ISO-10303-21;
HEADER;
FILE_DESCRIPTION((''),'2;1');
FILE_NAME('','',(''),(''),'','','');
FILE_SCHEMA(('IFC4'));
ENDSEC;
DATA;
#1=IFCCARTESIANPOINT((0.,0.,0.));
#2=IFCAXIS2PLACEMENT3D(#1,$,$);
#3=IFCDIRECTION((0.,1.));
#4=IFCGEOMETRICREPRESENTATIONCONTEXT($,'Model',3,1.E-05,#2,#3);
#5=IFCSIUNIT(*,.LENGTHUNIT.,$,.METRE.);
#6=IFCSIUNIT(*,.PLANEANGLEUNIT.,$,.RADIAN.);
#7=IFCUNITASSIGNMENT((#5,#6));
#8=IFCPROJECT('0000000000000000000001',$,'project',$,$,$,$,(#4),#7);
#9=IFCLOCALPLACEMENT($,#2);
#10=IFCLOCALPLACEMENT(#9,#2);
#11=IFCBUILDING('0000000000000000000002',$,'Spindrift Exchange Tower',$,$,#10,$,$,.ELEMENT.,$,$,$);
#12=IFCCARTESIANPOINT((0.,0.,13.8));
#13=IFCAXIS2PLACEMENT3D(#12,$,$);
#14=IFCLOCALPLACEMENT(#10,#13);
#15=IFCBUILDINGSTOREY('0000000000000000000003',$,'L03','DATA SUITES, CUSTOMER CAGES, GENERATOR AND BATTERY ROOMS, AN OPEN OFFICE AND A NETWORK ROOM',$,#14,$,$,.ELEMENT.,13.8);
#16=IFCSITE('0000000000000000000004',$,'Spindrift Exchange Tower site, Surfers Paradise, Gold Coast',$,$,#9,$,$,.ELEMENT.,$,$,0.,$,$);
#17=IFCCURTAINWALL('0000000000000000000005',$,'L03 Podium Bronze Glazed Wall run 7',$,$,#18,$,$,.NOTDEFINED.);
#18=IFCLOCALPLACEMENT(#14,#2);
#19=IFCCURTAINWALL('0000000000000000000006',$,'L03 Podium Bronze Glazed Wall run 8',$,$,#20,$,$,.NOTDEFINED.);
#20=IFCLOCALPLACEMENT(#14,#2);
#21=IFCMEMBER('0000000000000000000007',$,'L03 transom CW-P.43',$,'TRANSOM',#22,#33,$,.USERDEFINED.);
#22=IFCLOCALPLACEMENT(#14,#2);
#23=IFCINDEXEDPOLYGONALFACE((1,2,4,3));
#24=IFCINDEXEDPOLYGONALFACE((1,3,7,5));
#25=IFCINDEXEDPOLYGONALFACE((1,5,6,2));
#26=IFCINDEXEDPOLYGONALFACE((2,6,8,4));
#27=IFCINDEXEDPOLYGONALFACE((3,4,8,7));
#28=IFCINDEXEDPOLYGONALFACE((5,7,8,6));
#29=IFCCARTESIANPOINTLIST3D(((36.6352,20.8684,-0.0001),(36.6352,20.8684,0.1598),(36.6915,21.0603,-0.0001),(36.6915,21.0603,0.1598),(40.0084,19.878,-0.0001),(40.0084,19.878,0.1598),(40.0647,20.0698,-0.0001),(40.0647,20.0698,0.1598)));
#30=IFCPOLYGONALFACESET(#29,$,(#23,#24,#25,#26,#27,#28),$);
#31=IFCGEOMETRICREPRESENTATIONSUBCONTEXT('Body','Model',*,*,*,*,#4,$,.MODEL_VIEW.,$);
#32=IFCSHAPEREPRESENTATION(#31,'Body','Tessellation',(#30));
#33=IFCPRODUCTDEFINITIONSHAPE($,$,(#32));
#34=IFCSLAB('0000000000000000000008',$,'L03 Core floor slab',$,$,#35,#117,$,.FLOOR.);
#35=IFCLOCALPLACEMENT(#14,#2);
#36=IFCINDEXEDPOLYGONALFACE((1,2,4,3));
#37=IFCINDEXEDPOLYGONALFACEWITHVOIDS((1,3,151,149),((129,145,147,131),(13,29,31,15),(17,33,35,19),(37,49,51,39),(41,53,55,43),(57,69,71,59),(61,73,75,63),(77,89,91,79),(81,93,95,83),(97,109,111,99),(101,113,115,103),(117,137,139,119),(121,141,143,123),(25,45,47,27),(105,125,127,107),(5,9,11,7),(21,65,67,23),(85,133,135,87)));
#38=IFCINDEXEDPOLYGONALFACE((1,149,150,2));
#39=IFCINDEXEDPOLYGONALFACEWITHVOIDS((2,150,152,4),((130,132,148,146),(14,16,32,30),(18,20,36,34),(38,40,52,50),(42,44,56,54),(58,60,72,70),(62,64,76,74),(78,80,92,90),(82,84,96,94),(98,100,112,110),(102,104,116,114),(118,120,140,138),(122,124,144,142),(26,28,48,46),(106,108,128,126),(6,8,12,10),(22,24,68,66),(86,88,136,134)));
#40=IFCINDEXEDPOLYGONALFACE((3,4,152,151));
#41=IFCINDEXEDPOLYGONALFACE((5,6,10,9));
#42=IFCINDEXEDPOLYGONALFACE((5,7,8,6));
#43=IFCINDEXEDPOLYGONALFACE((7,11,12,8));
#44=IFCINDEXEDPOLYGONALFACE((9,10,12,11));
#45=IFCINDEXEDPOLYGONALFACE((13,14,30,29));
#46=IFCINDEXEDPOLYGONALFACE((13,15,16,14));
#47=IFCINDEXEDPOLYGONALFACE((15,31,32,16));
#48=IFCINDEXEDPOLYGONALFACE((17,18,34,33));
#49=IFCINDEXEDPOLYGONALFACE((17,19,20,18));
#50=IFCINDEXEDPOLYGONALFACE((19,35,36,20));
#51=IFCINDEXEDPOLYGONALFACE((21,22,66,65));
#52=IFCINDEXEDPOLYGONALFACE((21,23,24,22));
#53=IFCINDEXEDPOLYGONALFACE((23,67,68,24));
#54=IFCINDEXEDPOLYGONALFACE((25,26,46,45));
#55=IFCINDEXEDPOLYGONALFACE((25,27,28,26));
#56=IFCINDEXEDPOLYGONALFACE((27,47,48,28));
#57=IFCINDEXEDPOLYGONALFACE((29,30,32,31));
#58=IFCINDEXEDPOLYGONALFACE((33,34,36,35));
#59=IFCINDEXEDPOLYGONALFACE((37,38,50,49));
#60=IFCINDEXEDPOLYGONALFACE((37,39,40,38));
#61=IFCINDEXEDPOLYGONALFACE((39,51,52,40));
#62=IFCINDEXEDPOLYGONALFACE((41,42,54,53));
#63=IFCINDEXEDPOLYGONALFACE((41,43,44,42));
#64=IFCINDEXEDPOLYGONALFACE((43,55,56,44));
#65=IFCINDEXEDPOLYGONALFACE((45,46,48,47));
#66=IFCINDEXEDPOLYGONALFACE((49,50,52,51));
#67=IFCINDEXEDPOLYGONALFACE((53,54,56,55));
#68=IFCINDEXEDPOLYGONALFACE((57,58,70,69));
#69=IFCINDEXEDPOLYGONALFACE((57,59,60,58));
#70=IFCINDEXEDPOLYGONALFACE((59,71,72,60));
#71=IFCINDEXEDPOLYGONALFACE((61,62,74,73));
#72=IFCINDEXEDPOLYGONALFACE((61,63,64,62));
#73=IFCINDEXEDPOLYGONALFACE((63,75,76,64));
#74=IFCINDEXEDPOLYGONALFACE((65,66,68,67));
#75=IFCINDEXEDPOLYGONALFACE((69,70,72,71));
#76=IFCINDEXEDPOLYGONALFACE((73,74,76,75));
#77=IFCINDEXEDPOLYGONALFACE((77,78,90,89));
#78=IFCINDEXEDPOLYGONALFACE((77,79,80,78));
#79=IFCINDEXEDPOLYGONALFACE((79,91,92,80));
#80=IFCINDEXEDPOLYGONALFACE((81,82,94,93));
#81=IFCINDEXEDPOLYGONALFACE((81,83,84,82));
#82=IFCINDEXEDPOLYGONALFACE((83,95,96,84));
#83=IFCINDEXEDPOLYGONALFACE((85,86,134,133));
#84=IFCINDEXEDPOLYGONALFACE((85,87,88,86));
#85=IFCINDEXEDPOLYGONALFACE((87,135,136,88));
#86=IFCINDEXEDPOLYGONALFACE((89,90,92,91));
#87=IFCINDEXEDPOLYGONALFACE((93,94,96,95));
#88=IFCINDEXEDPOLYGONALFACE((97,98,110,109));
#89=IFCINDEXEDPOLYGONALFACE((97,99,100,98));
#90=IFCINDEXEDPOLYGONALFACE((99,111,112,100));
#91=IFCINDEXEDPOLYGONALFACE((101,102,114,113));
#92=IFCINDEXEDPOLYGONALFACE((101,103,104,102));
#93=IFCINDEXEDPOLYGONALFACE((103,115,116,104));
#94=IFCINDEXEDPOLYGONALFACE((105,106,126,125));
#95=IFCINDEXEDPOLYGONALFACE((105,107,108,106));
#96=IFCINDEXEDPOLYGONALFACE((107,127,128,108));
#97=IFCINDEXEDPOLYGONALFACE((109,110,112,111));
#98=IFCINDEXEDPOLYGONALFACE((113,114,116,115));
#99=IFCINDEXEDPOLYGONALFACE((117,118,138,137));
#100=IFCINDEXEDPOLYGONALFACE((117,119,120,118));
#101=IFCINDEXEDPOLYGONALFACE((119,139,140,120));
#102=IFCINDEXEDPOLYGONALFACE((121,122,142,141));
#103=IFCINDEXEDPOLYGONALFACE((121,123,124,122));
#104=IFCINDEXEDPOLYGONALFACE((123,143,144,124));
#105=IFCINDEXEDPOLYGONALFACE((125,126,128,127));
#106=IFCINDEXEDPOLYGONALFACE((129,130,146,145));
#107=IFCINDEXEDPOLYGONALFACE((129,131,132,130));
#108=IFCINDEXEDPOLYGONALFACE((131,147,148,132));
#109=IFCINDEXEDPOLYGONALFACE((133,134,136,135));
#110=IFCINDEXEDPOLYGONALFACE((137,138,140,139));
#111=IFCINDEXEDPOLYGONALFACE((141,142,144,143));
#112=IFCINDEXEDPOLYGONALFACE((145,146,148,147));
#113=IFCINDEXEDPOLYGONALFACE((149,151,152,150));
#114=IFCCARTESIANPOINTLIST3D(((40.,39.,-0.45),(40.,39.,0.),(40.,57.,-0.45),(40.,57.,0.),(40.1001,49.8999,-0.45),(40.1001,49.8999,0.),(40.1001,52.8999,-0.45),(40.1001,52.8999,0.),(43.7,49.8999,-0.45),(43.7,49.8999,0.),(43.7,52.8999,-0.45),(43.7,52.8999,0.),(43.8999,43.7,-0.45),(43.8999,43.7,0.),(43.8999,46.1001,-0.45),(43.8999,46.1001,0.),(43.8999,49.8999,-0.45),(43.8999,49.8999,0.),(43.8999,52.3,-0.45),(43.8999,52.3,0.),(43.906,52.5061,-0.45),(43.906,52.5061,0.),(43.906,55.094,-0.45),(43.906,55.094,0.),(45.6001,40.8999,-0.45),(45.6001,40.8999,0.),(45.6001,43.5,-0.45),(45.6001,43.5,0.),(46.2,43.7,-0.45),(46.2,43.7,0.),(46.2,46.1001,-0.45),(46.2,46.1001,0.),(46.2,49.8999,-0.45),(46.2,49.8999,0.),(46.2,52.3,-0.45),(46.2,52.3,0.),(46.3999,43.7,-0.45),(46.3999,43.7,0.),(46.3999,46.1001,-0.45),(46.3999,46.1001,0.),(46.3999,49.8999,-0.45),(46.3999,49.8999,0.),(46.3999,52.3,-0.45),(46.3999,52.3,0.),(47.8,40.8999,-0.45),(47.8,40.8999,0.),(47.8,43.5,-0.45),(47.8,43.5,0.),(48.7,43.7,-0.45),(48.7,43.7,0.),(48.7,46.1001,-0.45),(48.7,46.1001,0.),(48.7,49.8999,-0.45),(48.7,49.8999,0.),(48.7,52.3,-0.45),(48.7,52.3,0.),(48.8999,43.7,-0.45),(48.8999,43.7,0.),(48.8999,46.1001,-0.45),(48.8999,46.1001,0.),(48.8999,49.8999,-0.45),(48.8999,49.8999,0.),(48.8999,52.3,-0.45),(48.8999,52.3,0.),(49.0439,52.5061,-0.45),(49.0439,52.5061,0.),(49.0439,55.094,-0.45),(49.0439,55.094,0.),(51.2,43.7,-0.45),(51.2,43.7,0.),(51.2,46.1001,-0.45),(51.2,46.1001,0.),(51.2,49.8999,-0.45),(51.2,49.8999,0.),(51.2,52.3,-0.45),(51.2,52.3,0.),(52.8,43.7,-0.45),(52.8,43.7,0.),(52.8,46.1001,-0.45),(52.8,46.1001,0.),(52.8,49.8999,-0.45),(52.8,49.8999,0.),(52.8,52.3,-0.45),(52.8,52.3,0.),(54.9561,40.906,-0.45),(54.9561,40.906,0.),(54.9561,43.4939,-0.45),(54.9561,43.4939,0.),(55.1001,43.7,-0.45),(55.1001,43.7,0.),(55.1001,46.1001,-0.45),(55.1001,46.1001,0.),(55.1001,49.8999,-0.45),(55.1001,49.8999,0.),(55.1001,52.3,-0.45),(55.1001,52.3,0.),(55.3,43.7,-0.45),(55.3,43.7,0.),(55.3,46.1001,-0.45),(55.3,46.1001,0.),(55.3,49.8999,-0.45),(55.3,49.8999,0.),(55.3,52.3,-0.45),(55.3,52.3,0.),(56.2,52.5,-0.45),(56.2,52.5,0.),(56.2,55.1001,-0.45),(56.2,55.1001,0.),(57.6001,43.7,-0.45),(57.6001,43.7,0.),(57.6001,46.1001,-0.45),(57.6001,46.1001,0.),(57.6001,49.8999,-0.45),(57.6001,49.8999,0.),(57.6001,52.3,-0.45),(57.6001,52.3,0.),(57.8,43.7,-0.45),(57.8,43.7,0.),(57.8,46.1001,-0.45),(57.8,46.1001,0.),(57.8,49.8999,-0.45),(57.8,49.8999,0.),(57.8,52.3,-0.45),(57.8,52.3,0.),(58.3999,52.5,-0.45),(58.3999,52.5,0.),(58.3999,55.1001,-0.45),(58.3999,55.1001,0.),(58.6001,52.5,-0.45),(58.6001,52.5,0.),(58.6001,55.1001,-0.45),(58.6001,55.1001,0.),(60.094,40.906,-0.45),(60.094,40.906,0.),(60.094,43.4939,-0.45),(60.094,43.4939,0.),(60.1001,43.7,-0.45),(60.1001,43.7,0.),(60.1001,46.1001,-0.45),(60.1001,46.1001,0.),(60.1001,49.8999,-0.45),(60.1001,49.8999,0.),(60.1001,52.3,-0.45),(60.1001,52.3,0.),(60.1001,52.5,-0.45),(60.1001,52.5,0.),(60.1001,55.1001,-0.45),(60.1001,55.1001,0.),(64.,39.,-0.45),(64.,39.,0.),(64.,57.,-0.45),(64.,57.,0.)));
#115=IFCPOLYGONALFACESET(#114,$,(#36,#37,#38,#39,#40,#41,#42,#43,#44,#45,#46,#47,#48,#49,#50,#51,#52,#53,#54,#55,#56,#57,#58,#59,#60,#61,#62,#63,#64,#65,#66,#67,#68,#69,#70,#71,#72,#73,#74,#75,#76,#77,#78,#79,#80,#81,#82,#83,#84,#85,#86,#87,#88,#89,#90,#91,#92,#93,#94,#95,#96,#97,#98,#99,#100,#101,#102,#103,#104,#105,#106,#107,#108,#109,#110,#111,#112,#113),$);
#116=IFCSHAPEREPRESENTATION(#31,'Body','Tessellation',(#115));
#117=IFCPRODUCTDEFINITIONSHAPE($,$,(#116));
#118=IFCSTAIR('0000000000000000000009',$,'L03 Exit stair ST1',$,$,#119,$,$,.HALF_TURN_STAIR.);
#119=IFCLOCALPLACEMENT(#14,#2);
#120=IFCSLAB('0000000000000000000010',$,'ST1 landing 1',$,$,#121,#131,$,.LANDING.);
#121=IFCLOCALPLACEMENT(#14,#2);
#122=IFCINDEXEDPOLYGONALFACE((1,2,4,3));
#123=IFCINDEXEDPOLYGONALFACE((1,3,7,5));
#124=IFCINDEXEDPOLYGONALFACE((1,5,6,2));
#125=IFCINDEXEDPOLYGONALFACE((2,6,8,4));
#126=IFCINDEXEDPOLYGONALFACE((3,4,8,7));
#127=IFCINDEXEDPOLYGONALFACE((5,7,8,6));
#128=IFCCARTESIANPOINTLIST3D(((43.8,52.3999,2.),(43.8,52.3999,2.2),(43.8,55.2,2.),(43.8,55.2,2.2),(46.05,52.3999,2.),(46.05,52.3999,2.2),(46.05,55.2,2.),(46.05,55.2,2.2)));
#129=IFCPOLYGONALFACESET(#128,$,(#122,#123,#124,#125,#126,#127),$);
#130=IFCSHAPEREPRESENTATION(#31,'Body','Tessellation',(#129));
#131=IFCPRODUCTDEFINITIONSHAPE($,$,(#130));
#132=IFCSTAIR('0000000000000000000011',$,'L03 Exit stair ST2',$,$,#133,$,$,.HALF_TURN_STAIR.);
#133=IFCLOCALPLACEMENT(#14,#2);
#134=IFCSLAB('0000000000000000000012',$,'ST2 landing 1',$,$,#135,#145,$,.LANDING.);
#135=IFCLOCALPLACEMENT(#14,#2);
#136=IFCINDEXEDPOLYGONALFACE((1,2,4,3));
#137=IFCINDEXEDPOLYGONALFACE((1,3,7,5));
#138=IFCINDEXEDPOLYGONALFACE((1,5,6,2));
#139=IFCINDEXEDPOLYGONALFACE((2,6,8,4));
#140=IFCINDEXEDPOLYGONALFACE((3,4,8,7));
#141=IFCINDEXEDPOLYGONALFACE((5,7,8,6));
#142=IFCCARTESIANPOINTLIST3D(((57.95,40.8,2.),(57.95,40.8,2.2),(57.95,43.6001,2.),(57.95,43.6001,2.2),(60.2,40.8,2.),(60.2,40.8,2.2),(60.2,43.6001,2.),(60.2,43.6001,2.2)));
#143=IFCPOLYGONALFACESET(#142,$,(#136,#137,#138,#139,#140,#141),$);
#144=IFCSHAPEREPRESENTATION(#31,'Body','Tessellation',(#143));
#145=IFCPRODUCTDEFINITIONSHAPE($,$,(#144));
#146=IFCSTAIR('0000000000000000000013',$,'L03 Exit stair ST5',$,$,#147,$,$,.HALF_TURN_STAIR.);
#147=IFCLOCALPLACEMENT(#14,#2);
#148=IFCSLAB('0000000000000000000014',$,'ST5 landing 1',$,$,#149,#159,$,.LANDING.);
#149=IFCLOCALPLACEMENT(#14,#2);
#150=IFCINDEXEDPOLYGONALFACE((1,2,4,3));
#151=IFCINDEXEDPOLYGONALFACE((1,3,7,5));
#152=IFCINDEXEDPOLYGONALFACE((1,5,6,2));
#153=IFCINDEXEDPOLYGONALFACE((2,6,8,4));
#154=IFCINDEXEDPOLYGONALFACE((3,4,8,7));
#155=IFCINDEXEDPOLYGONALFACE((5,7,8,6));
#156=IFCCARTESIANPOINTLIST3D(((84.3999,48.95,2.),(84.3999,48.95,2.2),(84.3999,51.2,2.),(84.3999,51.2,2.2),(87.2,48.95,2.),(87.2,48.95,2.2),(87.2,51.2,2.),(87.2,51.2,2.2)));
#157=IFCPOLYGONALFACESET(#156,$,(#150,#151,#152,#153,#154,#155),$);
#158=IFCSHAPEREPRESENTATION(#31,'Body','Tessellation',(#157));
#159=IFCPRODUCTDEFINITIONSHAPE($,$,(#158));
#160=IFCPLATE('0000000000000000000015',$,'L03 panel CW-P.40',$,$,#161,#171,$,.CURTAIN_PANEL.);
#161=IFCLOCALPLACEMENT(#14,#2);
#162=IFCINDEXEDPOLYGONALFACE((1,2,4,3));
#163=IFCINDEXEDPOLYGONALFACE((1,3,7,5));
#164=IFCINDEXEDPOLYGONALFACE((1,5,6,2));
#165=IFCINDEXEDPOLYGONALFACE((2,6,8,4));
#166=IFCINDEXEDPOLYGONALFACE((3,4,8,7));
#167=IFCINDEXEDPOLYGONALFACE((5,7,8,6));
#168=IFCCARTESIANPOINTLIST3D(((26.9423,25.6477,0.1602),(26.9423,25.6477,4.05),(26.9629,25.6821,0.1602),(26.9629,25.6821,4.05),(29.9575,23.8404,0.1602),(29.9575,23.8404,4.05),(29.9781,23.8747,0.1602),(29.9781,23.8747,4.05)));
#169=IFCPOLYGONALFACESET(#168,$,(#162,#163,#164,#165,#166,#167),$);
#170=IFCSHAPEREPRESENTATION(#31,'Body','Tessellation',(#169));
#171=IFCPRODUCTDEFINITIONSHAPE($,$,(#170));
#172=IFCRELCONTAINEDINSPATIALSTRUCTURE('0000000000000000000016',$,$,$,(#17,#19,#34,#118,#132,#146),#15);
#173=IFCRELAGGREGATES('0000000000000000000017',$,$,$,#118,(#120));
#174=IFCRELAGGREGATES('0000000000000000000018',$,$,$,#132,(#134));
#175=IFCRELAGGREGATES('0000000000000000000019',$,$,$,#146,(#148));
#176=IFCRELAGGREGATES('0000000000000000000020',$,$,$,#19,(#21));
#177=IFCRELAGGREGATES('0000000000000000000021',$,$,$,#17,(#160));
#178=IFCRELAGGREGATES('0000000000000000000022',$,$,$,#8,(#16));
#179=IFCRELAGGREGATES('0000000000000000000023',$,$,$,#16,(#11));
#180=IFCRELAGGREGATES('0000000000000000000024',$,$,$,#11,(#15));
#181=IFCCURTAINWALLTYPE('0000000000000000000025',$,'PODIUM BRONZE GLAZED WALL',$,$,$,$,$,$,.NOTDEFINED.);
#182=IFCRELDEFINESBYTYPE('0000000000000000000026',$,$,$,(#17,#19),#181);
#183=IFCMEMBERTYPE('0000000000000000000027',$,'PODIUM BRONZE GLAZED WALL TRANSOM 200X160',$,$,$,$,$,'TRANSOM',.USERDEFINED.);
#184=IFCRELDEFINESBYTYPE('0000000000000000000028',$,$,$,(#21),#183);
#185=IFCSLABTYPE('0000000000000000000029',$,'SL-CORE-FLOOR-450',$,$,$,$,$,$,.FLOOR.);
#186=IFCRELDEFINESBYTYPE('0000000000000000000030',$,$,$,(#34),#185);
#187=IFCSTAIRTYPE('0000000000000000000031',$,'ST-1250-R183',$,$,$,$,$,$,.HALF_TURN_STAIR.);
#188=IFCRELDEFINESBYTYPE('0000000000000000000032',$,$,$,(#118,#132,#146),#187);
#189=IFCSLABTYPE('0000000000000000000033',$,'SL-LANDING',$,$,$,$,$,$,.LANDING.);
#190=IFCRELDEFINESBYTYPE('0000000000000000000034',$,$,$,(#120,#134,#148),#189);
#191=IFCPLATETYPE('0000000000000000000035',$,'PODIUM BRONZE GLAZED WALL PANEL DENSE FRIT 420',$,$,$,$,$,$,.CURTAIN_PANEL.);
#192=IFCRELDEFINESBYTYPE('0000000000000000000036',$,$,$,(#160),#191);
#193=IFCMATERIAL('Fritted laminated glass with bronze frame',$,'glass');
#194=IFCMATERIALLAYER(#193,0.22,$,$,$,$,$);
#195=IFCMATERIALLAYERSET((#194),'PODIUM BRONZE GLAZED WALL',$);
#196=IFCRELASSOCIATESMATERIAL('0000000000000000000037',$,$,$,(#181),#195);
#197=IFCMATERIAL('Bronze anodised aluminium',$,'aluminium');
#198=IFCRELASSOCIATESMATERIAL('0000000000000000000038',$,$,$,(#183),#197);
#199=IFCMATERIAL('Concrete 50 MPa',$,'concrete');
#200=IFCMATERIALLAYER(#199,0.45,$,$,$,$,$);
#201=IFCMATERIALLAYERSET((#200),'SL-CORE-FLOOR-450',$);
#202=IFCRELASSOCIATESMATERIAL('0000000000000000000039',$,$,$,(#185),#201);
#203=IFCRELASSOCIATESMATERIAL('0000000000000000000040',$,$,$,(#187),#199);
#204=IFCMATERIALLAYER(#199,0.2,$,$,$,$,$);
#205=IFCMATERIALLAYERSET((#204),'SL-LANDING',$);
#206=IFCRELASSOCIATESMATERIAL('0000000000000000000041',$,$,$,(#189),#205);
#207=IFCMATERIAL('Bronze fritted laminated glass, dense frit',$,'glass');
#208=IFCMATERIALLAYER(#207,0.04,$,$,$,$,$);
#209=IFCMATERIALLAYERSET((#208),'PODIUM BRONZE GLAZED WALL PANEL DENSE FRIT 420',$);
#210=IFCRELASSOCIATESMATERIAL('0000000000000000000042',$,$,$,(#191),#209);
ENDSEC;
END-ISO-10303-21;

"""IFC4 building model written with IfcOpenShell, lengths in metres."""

from ifc_helpers import new_model, si_unit, direction, frame, origin, origin_2d, place, context, subcontext, project, spatial, line, indexed_curve, rectangle, outline, extrude, source, transform, mapped, material, layer, layer_set, material_profile, profile_set, type_object, element, aggregate, save


model = new_model("IFC4")

# Units and contexts
model_context = context("Model", 3, precision=1e-05, world=origin(), true_north=direction((0.0, 1.0)))
body_context = subcontext(model_context, "Body", "Model", "MODEL_VIEW")
ifc_project = project(units=[si_unit("LENGTHUNIT", "METRE"), si_unit("PLANEANGLEUNIT", "RADIAN")], contexts=[model_context])

# Site, building, storey
site_placement = place(None, origin())
site = spatial("IfcSite", under=ifc_project, at=site_placement, Name="Spindrift Exchange Tower site, Surfers Paradise, Gold Coast", CompositionType="ELEMENT", RefElevation=0.0)
building_placement = place(site_placement, origin())
building = spatial("IfcBuilding", under=site, at=building_placement, Name="Spindrift Exchange Tower", CompositionType="ELEMENT")
storey_placement = place(building_placement, frame((0.0, 0.0, 13.8)))
storey = spatial("IfcBuildingStorey", under=building, at=storey_placement, Name="L03", Description="DATA SUITES, CUSTOMER CAGES, GENERATOR AND BATTERY ROOMS, AN OPEN OFFICE AND A NETWORK ROOM", CompositionType="ELEMENT", Elevation=13.8)

# Curtain wall
ifc_material_1 = material(Name="Fritted laminated glass with bronze frame", Category="glass")
ifc_layer_1 = layer(ifc_material_1, 0.22)
ifc_layer_set_1 = layer_set([ifc_layer_1], Name="PODIUM BRONZE GLAZED WALL")
curtain_wall_type = type_object("IfcCurtainWallType", Name="PODIUM BRONZE GLAZED WALL", PredefinedType="NOTDEFINED", material=ifc_layer_set_1)
curtain_wall_1_placement = place(storey_placement, origin())
curtain_wall_1 = element("IfcCurtainWall", 1, at=curtain_wall_1_placement, inside=storey, type_object=curtain_wall_type, Name="L03 Podium Bronze Glazed Wall run 7", PredefinedType="NOTDEFINED")
ifc_material_2 = material(Name="Bronze anodised aluminium", Category="aluminium")

# Curtain wall
curtain_wall_2_placement = place(storey_placement, origin())
curtain_wall_2 = element("IfcCurtainWall", 2, at=curtain_wall_2_placement, inside=storey, type_object=curtain_wall_type, Name="L03 Podium Bronze Glazed Wall run 8", PredefinedType="NOTDEFINED")

# Member
ifc_material_profile_1 = material_profile(ifc_material_2, rectangle(XDim=0.2, YDim=0.1599, at=origin_2d()), Name="PODIUM BRONZE GLAZED WALL TRANSOM 200X160")
ifc_profile_set_1 = profile_set([ifc_material_profile_1], Name="Bronze anodised aluminium")
member_type_1 = type_object("IfcMemberType", Name="PODIUM BRONZE GLAZED WALL TRANSOM 200X160", ElementType="TRANSOM", PredefinedType="USERDEFINED", material=ifc_profile_set_1)
shared_shape_1 = source(origin(), body_context, "Body", "SweptSolid", [
    extrude(rectangle(XDim=0.2, YDim=0.1599, at=origin_2d()), origin(), (0.0, 0.0, 1.0), 3.5156),
])
member_1_placement = place(storey_placement, frame((36.6633, 20.9644, 0.0798), z_axis=(0.959494, -0.28173, 0.0), x_axis=(0.28173, 0.959494, 0.0)))
member_1 = element("IfcMember", 3, at=member_1_placement, type_object=member_type_1, Name="L03 transom CW-P.43", ObjectType="TRANSOM", PredefinedType="USERDEFINED", context=body_context, shape_type="MappedRepresentation", body=[
    mapped(shared_shape_1, transform((0.0, 0.0, 0.0), scale=1.0)),
])

# Slab
ifc_material_3 = material(Name="Concrete 50 MPa", Category="concrete")
ifc_layer_2 = layer(ifc_material_3, 0.45)
ifc_layer_set_2 = layer_set([ifc_layer_2], Name="SL-CORE-FLOOR-450")
slab_type_1 = type_object("IfcSlabType", Name="SL-CORE-FLOOR-450", PredefinedType="FLOOR", material=ifc_layer_set_2)
slab_1_placement = place(storey_placement, frame((0.0, 0.0, -0.45)))
element("IfcSlab", 4, at=slab_1_placement, inside=storey, type_object=slab_type_1, Name="L03 Core floor slab", PredefinedType="FLOOR", context=body_context, shape_type="SweptSolid", body=[
    extrude(outline(indexed_curve([(40.0, 39.0), (40.0, 57.0), (64.0, 57.0), (64.0, 39.0)], segments=[line(1, 2, 3, 4, 1)], self_intersect=False), holes=[indexed_curve([(47.8, 43.5), (45.6001, 43.5), (45.6001, 40.8999), (47.8, 40.8999)], segments=[line(1, 2, 3, 4, 1)], self_intersect=False), indexed_curve([(46.2, 46.1001), (43.8999, 46.1001), (43.8999, 43.7), (46.2, 43.7)], segments=[line(1, 2, 3, 4, 1)], self_intersect=False), indexed_curve([(48.7, 46.1001), (46.3999, 46.1001), (46.3999, 43.7), (48.7, 43.7)], segments=[line(1, 2, 3, 4, 1)], self_intersect=False), indexed_curve([(51.2, 46.1001), (48.8999, 46.1001), (48.8999, 43.7), (51.2, 43.7)], segments=[line(1, 2, 3, 4, 1)], self_intersect=False), indexed_curve([(46.2, 52.3), (43.8999, 52.3), (43.8999, 49.8999), (46.2, 49.8999)], segments=[line(1, 2, 3, 4, 1)], self_intersect=False), indexed_curve([(48.7, 52.3), (46.3999, 52.3), (46.3999, 49.8999), (48.7, 49.8999)], segments=[line(1, 2, 3, 4, 1)], self_intersect=False), indexed_curve([(51.2, 52.3), (48.8999, 52.3), (48.8999, 49.8999), (51.2, 49.8999)], segments=[line(1, 2, 3, 4, 1)], self_intersect=False), indexed_curve([(55.1001, 49.8999), (55.1001, 52.3), (52.8, 52.3), (52.8, 49.8999)], segments=[line(1, 2, 3, 4, 1)], self_intersect=False), indexed_curve([(43.7, 49.8999), (43.7, 52.8999), (40.1001, 52.8999), (40.1001, 49.8999)], segments=[line(1, 2, 3, 4, 1)], self_intersect=False), indexed_curve([(43.906, 55.094), (43.906, 52.5061), (49.0439, 52.5061), (49.0439, 55.094)], segments=[line(1, 2, 3, 4, 1)], self_intersect=False), indexed_curve([(60.094, 40.906), (60.094, 43.4939), (54.9561, 43.4939), (54.9561, 40.906)], segments=[line(1, 2, 3, 4, 1)], self_intersect=False), indexed_curve([(55.1001, 46.1001), (52.8, 46.1001), (52.8, 43.7), (55.1001, 43.7)], segments=[line(1, 2, 3, 4, 1)], self_intersect=False), indexed_curve([(57.6001, 43.7), (57.6001, 46.1001), (55.3, 46.1001), (55.3, 43.7)], segments=[line(1, 2, 3, 4, 1)], self_intersect=False), indexed_curve([(60.1001, 43.7), (60.1001, 46.1001), (57.8, 46.1001), (57.8, 43.7)], segments=[line(1, 2, 3, 4, 1)], self_intersect=False), indexed_curve([(57.6001, 52.3), (55.3, 52.3), (55.3, 49.8999), (57.6001, 49.8999)], segments=[line(1, 2, 3, 4, 1)], self_intersect=False), indexed_curve([(60.1001, 52.3), (57.8, 52.3), (57.8, 49.8999), (60.1001, 49.8999)], segments=[line(1, 2, 3, 4, 1)], self_intersect=False), indexed_curve([(58.3999, 52.5), (58.3999, 55.1001), (56.2, 55.1001), (56.2, 52.5)], segments=[line(1, 2, 3, 4, 1)], self_intersect=False), indexed_curve([(60.1001, 52.5), (60.1001, 55.1001), (58.6001, 55.1001), (58.6001, 52.5)], segments=[line(1, 2, 3, 4, 1)], self_intersect=False)]), origin(), (0.0, 0.0, 1.0), 0.45),
])

# Stairs, slabs
stair_type = type_object("IfcStairType", Name="ST-1250-R183", PredefinedType="HALF_TURN_STAIR", material=ifc_material_3)
stair_1_placement = place(storey_placement, origin())
stair_1 = element("IfcStair", 5, at=stair_1_placement, inside=storey, type_object=stair_type, Name="L03 Exit stair ST1", PredefinedType="HALF_TURN_STAIR")
ifc_layer_3 = layer(ifc_material_3, 0.2)
ifc_layer_set_3 = layer_set([ifc_layer_3], Name="SL-LANDING")
slab_type_2 = type_object("IfcSlabType", Name="SL-LANDING", PredefinedType="LANDING", material=ifc_layer_set_3)
slab_2_placement = place(storey_placement, frame((0.0, 0.0, 2.0)))
slab_2 = element("IfcSlab", 6, at=slab_2_placement, type_object=slab_type_2, Name="ST1 landing 1", PredefinedType="LANDING", context=body_context, shape_type="SweptSolid", body=[
    extrude(outline(indexed_curve([(46.05, 52.3999), (43.8, 52.3999), (43.8, 55.2), (46.05, 55.2)], segments=[line(1, 2, 3, 4, 1)], self_intersect=False)), origin(), (0.0, 0.0, 1.0), 0.2),
])
aggregate(stair_1, [slab_2])
stair_2_placement = place(storey_placement, origin())
stair_2 = element("IfcStair", 7, at=stair_2_placement, inside=storey, type_object=stair_type, Name="L03 Exit stair ST2", PredefinedType="HALF_TURN_STAIR")
slab_3_placement = place(storey_placement, frame((0.0, 0.0, 2.0)))
slab_3 = element("IfcSlab", 8, at=slab_3_placement, type_object=slab_type_2, Name="ST2 landing 1", PredefinedType="LANDING", context=body_context, shape_type="SweptSolid", body=[
    extrude(outline(indexed_curve([(57.95, 43.6001), (60.2, 43.6001), (60.2, 40.8), (57.95, 40.8)], segments=[line(1, 2, 3, 4, 1)], self_intersect=False)), origin(), (0.0, 0.0, 1.0), 0.2),
])
aggregate(stair_2, [slab_3])
stair_3_placement = place(storey_placement, origin())
stair_3 = element("IfcStair", 9, at=stair_3_placement, inside=storey, type_object=stair_type, Name="L03 Exit stair ST5", PredefinedType="HALF_TURN_STAIR")
slab_4_placement = place(storey_placement, frame((0.0, 0.0, 2.0)))
slab_4 = element("IfcSlab", 10, at=slab_4_placement, type_object=slab_type_2, Name="ST5 landing 1", PredefinedType="LANDING", context=body_context, shape_type="SweptSolid", body=[
    extrude(outline(indexed_curve([(84.3999, 48.95), (84.3999, 51.2), (87.2, 51.2), (87.2, 48.95)], segments=[line(1, 2, 3, 4, 1)], self_intersect=False)), origin(), (0.0, 0.0, 1.0), 0.2),
])
aggregate(stair_3, [slab_4])

# Plate
ifc_material_4 = material(Name="Bronze fritted laminated glass, dense frit", Category="glass")
ifc_layer_4 = layer(ifc_material_4, 0.04)
ifc_layer_set_4 = layer_set([ifc_layer_4], Name="PODIUM BRONZE GLAZED WALL PANEL DENSE FRIT 420")
plate_type_1 = type_object("IfcPlateType", Name="PODIUM BRONZE GLAZED WALL PANEL DENSE FRIT 420", PredefinedType="CURTAIN_PANEL", material=ifc_layer_set_4)
shared_shape_2 = source(origin(), body_context, "Body", "SweptSolid", [
    extrude(rectangle(XDim=3.5154, YDim=0.04, at=origin_2d()), origin(), (0.0, 0.0, 1.0), 3.8899),
])
plate_1_placement = place(storey_placement, frame((28.4602, 24.7612, 0.1602), z_axis=(0.0, 0.0, 1.0), x_axis=(0.857711, -0.514133, 0.0)))
plate_1 = element("IfcPlate", 11, at=plate_1_placement, type_object=plate_type_1, Name="L03 panel CW-P.40", PredefinedType="CURTAIN_PANEL", context=body_context, shape_type="MappedRepresentation", body=[
    mapped(shared_shape_2, transform((0.0, 0.0, 0.0), scale=1.0)),
])
aggregate(curtain_wall_2, [member_1])
aggregate(curtain_wall_1, [plate_1])

save(model, "model.ifc")
